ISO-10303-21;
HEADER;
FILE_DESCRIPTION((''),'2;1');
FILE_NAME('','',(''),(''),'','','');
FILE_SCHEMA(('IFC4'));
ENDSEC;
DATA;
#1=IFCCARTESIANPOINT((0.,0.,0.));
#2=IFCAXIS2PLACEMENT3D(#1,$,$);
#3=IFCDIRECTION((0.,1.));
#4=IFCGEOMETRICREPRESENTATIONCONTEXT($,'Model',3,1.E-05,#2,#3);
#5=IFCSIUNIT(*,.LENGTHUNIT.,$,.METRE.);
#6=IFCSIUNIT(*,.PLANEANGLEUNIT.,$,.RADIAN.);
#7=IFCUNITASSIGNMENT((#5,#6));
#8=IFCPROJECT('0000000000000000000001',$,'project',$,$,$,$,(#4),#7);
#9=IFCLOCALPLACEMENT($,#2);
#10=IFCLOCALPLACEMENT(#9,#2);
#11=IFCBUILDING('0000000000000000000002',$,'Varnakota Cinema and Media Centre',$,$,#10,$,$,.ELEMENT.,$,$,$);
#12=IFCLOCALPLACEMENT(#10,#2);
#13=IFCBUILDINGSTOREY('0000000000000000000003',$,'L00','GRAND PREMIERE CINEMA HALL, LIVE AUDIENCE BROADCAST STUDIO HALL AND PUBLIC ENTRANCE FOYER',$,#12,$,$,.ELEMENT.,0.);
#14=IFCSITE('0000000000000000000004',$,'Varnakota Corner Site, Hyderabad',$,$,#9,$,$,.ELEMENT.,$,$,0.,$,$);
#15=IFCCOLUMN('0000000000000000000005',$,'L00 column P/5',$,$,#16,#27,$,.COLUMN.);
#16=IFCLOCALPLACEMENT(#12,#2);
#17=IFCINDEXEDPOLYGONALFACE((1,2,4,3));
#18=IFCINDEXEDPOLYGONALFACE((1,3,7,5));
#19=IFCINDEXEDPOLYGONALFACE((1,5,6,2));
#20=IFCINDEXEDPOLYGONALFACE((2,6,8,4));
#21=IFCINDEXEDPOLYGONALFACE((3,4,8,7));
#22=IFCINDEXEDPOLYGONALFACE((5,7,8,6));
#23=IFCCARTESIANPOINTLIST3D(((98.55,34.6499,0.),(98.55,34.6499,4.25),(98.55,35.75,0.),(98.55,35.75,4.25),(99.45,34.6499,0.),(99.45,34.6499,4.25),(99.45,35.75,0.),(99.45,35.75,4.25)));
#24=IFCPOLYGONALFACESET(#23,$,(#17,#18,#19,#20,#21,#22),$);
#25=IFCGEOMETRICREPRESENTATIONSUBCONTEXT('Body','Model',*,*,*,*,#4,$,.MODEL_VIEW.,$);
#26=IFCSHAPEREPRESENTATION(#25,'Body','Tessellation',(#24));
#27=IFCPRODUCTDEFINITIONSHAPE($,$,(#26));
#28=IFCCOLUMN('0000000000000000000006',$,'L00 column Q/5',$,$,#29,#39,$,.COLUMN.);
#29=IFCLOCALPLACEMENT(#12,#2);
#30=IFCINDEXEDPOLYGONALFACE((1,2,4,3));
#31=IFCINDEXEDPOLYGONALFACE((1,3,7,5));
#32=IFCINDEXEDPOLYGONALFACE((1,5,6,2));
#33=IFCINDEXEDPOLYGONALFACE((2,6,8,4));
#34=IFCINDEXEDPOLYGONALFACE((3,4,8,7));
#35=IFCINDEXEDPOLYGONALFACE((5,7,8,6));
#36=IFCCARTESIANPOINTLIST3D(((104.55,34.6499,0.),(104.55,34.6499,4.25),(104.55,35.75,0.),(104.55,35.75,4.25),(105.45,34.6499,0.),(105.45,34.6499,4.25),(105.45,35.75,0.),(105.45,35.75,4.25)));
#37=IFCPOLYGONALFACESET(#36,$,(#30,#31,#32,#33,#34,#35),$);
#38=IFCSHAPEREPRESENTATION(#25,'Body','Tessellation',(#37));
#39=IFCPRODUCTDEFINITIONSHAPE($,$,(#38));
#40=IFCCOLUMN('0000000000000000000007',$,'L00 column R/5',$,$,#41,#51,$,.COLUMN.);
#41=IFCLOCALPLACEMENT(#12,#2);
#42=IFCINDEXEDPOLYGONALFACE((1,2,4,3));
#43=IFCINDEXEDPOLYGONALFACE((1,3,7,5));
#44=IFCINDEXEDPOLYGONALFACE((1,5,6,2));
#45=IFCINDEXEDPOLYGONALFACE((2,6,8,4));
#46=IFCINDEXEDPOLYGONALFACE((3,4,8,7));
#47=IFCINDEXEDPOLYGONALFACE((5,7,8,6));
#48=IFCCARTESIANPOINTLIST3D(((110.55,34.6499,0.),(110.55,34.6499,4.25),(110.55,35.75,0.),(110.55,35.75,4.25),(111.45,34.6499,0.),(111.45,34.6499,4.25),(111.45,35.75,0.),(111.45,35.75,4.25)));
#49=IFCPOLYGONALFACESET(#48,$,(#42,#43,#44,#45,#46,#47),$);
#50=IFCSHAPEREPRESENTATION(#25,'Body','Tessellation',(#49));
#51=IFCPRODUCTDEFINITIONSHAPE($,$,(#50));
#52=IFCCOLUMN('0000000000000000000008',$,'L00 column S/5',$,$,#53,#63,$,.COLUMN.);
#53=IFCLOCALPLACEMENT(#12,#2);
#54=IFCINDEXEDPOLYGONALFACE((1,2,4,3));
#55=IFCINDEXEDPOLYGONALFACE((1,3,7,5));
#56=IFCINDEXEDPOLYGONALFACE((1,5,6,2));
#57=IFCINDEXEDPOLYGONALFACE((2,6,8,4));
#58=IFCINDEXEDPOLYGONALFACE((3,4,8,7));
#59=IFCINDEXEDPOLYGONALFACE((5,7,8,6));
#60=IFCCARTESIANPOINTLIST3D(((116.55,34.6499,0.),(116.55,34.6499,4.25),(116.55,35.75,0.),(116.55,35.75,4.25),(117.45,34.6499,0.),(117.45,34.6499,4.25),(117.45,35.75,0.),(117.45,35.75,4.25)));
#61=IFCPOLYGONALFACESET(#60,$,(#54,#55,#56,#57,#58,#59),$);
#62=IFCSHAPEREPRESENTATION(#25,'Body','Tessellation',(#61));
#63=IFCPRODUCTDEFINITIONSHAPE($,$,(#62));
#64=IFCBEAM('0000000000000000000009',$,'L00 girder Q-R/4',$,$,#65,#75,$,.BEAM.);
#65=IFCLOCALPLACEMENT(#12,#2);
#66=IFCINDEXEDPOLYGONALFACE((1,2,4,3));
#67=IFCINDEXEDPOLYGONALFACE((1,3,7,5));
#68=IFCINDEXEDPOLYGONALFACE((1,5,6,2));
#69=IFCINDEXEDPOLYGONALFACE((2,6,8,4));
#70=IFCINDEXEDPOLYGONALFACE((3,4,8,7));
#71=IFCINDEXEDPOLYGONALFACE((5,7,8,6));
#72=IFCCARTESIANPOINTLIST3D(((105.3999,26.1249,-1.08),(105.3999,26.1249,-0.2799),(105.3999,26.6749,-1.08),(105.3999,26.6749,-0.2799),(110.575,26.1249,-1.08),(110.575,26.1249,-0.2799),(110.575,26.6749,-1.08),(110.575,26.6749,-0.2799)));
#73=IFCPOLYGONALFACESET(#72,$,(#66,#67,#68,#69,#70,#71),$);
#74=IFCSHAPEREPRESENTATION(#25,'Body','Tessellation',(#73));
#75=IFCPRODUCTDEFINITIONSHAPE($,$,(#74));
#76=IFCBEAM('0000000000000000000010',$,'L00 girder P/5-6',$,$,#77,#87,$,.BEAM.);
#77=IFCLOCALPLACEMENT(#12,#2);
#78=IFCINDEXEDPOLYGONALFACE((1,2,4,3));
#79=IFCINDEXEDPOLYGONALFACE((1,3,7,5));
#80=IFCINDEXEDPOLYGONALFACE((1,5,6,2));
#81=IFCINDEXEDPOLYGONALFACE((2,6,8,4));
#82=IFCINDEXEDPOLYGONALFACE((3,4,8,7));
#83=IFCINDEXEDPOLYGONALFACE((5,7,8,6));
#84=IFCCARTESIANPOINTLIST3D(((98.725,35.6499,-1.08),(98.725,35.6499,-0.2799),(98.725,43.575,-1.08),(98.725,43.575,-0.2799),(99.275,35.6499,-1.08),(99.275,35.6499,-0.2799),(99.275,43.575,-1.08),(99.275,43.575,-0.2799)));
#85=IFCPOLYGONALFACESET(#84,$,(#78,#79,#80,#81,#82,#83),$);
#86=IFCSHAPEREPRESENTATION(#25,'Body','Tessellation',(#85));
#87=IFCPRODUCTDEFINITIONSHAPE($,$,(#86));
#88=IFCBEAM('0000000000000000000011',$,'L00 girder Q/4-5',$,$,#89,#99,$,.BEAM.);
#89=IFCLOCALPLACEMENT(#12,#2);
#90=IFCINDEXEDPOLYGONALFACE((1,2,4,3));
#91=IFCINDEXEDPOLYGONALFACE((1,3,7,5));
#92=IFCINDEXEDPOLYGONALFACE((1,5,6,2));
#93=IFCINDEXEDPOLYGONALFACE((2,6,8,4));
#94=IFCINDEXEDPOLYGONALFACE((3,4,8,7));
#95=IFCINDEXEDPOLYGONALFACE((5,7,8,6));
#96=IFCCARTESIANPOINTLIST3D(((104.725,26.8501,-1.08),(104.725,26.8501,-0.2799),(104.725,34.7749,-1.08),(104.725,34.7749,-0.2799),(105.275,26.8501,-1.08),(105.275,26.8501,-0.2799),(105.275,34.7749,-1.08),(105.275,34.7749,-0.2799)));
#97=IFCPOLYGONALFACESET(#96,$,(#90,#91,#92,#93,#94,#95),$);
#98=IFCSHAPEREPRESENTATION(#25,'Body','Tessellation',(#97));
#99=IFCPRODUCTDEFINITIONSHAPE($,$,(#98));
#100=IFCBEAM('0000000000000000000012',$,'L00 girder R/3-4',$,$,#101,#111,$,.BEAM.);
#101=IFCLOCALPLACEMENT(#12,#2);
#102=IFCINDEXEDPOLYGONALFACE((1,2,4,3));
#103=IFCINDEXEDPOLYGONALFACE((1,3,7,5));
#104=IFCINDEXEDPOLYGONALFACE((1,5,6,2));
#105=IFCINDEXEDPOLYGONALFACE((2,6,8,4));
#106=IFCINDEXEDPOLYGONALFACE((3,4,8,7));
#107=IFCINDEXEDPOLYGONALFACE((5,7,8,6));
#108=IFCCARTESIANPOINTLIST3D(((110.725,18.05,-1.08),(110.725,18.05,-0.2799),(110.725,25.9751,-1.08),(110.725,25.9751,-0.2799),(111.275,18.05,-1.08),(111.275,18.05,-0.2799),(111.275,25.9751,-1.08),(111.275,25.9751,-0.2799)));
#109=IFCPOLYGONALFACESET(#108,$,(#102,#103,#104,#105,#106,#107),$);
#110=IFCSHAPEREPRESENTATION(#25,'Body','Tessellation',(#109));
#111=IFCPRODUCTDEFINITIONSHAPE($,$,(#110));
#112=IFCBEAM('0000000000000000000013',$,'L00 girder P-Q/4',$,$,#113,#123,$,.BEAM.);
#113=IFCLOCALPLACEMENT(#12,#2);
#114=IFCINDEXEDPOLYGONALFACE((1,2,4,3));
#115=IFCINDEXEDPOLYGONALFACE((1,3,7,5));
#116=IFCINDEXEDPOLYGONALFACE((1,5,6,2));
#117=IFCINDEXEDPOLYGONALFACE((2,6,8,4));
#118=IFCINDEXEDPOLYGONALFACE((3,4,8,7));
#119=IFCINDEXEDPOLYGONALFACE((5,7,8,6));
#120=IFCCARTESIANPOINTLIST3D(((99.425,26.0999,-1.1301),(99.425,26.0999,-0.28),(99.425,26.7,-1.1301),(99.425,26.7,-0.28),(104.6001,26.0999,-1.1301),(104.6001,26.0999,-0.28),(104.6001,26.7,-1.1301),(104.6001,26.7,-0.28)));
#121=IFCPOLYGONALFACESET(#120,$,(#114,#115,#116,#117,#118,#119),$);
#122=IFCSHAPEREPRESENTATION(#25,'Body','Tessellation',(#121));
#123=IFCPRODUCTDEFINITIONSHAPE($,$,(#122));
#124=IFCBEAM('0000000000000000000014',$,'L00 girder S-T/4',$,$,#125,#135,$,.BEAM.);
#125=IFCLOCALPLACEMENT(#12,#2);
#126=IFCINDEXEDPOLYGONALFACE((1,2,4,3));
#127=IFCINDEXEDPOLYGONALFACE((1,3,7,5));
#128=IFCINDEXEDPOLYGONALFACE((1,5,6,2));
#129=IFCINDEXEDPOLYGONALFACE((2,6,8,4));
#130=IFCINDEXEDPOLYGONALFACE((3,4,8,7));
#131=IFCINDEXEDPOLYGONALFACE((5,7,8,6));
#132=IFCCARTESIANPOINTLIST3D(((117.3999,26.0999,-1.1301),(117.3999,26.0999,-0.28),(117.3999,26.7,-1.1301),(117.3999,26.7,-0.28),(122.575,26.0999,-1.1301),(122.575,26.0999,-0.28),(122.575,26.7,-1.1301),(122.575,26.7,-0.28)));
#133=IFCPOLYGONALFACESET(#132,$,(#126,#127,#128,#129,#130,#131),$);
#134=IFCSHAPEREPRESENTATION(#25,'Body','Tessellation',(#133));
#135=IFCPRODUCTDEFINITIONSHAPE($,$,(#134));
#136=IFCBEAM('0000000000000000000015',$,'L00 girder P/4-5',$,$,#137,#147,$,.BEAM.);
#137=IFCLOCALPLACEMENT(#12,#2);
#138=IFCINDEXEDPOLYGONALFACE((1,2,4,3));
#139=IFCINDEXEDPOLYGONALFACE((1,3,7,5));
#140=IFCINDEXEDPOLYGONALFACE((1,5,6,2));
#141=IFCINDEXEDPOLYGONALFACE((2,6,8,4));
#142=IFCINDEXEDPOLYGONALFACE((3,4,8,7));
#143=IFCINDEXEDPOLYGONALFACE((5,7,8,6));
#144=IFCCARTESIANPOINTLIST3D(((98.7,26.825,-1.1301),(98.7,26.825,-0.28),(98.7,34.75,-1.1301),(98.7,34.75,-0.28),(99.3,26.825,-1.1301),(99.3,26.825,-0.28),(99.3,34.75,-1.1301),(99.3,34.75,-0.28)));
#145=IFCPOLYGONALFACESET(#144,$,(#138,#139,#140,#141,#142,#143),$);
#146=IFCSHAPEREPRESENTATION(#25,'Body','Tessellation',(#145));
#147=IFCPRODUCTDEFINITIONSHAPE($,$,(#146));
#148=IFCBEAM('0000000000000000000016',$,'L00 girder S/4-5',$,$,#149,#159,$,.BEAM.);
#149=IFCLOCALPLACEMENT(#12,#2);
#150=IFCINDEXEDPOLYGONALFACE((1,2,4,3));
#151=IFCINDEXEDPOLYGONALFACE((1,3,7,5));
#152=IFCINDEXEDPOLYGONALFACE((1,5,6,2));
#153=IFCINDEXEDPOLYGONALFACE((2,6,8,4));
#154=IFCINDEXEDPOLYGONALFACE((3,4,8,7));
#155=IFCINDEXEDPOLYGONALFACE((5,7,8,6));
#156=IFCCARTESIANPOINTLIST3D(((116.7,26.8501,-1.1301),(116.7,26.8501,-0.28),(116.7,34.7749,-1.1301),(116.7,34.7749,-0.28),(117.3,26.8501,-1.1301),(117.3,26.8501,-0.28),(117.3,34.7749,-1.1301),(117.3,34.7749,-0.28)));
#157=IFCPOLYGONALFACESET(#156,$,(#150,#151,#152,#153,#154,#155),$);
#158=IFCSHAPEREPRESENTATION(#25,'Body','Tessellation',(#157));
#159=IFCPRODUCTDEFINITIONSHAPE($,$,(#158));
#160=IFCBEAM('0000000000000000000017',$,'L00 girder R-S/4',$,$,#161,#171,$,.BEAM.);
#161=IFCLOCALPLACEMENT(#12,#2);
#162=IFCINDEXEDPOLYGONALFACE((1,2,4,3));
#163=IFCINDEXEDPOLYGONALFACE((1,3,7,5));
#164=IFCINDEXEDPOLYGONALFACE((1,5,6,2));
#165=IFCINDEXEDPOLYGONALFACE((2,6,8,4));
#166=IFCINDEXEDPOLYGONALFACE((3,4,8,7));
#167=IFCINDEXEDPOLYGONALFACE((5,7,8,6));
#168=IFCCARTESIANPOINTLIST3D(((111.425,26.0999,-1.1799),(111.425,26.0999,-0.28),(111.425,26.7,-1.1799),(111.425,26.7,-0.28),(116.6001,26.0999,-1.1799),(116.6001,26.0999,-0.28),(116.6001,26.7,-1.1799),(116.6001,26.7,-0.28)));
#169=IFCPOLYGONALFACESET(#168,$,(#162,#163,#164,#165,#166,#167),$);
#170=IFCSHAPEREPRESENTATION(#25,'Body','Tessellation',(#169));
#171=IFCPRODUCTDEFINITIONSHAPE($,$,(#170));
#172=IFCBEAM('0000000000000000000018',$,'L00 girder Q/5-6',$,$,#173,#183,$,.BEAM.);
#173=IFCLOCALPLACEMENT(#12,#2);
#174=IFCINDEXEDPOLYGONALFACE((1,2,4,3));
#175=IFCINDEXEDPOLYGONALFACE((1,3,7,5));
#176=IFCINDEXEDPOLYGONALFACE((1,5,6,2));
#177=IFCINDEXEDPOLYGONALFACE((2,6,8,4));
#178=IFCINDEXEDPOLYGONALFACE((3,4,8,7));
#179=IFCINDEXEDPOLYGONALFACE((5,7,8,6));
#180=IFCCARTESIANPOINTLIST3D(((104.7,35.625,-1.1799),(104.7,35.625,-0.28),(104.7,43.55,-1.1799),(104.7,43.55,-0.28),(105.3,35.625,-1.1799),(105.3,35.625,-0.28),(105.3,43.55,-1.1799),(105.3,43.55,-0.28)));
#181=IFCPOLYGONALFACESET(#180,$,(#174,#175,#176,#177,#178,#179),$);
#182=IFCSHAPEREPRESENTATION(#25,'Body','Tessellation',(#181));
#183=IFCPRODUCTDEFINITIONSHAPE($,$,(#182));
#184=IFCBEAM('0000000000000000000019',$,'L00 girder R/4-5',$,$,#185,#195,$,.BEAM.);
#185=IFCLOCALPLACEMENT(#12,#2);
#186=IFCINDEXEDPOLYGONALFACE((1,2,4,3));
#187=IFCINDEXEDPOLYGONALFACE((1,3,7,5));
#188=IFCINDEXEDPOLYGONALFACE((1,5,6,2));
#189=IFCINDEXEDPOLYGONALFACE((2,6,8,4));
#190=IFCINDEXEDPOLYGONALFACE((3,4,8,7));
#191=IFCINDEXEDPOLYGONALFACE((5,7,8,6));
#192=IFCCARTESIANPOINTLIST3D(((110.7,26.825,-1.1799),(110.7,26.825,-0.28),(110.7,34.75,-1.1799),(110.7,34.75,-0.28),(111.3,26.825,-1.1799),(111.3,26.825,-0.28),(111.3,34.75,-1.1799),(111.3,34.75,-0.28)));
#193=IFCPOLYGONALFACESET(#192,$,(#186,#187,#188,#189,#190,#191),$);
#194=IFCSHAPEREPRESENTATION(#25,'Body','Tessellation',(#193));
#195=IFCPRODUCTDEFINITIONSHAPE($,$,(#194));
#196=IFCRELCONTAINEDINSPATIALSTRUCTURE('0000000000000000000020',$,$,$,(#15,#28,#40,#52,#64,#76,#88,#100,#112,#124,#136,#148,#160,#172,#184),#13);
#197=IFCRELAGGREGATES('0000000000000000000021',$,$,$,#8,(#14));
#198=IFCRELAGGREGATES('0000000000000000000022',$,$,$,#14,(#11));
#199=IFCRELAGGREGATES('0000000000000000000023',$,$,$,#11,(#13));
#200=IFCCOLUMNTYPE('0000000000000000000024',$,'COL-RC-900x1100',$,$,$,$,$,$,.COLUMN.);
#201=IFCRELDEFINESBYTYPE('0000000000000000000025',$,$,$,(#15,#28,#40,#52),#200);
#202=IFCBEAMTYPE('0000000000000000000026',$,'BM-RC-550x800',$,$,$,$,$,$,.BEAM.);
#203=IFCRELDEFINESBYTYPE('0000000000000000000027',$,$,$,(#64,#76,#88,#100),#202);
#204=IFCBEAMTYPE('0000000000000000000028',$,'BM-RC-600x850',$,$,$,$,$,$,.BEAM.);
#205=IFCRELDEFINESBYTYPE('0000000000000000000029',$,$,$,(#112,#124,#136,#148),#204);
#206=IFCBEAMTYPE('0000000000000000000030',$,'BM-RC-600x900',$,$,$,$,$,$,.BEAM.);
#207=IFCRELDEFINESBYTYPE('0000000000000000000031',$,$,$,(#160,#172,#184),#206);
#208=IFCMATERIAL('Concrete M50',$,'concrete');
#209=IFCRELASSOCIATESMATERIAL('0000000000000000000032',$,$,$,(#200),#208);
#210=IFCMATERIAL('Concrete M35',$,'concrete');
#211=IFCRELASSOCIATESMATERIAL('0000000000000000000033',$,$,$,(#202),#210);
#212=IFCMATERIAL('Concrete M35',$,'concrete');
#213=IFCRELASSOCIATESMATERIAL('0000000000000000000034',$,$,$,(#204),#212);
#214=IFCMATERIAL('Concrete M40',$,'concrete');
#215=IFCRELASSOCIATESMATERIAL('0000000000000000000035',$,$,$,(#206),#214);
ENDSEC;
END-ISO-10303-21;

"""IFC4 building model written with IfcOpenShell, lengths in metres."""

from ifc_helpers import new_model, si_unit, direction, frame, origin, origin_2d, place, context, subcontext, project, spatial, rectangle, extrude, material, material_profile, profile_set, type_object, element, save


model = new_model("IFC4")

# Units and contexts
model_context = context("Model", 3, precision=1e-05, world=origin(), true_north=direction((0.0, 1.0)))
body_context = subcontext(model_context, "Body", "Model", "MODEL_VIEW")
ifc_project = project(units=[si_unit("LENGTHUNIT", "METRE"), si_unit("PLANEANGLEUNIT", "RADIAN")], contexts=[model_context])

# Site, building, storey
site_placement = place(None, origin())
site = spatial("IfcSite", under=ifc_project, at=site_placement, Name="Varnakota Corner Site, Hyderabad", CompositionType="ELEMENT", RefElevation=0.0)
building_placement = place(site_placement, origin())
building = spatial("IfcBuilding", under=site, at=building_placement, Name="Varnakota Cinema and Media Centre", CompositionType="ELEMENT")
storey_placement = place(building_placement, origin())
storey = spatial("IfcBuildingStorey", under=building, at=storey_placement, Name="L00", Description="GRAND PREMIERE CINEMA HALL, LIVE AUDIENCE BROADCAST STUDIO HALL AND PUBLIC ENTRANCE FOYER", CompositionType="ELEMENT", Elevation=0.0)

# Columns
ifc_material_1 = material(Name="Concrete M50", Category="concrete")
ifc_material_profile_1 = material_profile(ifc_material_1, rectangle(XDim=0.8999, YDim=1.1001, at=origin_2d()), Name="RC 900x1100")
ifc_profile_set_1 = profile_set([ifc_material_profile_1], Name="Concrete M50")
column_type = type_object("IfcColumnType", Name="COL-RC-900x1100", PredefinedType="COLUMN", material=ifc_profile_set_1)
for number, where, z_axis, x_axis, name in (
    (1, (99.0, 35.2, 0.0), (0.0, 0.0, 1.0), (1.0, 0.0, 0.0), "L00 column P/5"),
    (2, (105.0, 35.2, 0.0), (0.0, 0.0, 1.0), (1.0, 0.0, 0.0), "L00 column Q/5"),
    (3, (111.0, 35.2, 0.0), (0.0, 0.0, 1.0), (1.0, 0.0, 0.0), "L00 column R/5"),
    (4, (117.0, 35.2, 0.0), (0.0, 0.0, 1.0), (1.0, 0.0, 0.0), "L00 column S/5"),
):
    element("IfcColumn", number, at=place(storey_placement, frame(where, z_axis=z_axis, x_axis=x_axis)), inside=storey, type_object=column_type, Name=name, PredefinedType="COLUMN", context=body_context, shape_type="SweptSolid", body=[
        extrude(rectangle(XDim=0.8999, YDim=1.1001, at=origin_2d()), origin(), (0.0, 0.0, 1.0), 4.25),
    ])

# Beams
ifc_material_2 = material(Name="Concrete M35", Category="concrete")
ifc_material_profile_2 = material_profile(ifc_material_2, rectangle(XDim=0.55, YDim=0.8, at=origin_2d()), Name="RCB 550x800")
ifc_profile_set_2 = profile_set([ifc_material_profile_2], Name="Concrete M35")
beam_type_1 = type_object("IfcBeamType", Name="BM-RC-550x800", PredefinedType="BEAM", material=ifc_profile_set_2)
beam_1_placement = place(storey_placement, frame((105.3999, 26.3999, -0.6799), z_axis=(1.0, 0.0, 0.0), x_axis=(0.0, 1.0, 0.0)))
element("IfcBeam", 5, at=beam_1_placement, inside=storey, type_object=beam_type_1, Name="L00 girder Q-R/4", PredefinedType="BEAM", context=body_context, shape_type="SweptSolid", body=[
    extrude(rectangle(XDim=0.55, YDim=0.8, at=origin_2d()), origin(), (0.0, 0.0, 1.0), 5.175),
])
beam_2_placement = place(storey_placement, frame((99.0, 35.6499, -0.6799), z_axis=(0.0, 1.0, 0.0), x_axis=(-1.0, 0.0, 0.0)))
element("IfcBeam", 6, at=beam_2_placement, inside=storey, type_object=beam_type_1, Name="L00 girder P/5-6", PredefinedType="BEAM", context=body_context, shape_type="SweptSolid", body=[
    extrude(rectangle(XDim=0.55, YDim=0.8, at=origin_2d()), origin(), (0.0, 0.0, 1.0), 7.925),
])
beam_3_placement = place(storey_placement, frame((105.0, 26.8501, -0.6799), z_axis=(0.0, 1.0, 0.0), x_axis=(-1.0, 0.0, 0.0)))
element("IfcBeam", 7, at=beam_3_placement, inside=storey, type_object=beam_type_1, Name="L00 girder Q/4-5", PredefinedType="BEAM", context=body_context, shape_type="SweptSolid", body=[
    extrude(rectangle(XDim=0.55, YDim=0.8, at=origin_2d()), origin(), (0.0, 0.0, 1.0), 7.9248),
])
beam_4_placement = place(storey_placement, frame((111.0, 18.05, -0.6799), z_axis=(0.0, 1.0, 0.0), x_axis=(-1.0, 0.0, 0.0)))
element("IfcBeam", 8, at=beam_4_placement, inside=storey, type_object=beam_type_1, Name="L00 girder R/3-4", PredefinedType="BEAM", context=body_context, shape_type="SweptSolid", body=[
    extrude(rectangle(XDim=0.55, YDim=0.8, at=origin_2d()), origin(), (0.0, 0.0, 1.0), 7.925),
])
ifc_material_3 = material(Name="Concrete M35", Category="concrete")
ifc_material_profile_3 = material_profile(ifc_material_3, rectangle(XDim=0.6001, YDim=0.8501, at=origin_2d()), Name="RCB 600x850")
ifc_profile_set_3 = profile_set([ifc_material_profile_3], Name="Concrete M35")
beam_type_2 = type_object("IfcBeamType", Name="BM-RC-600x850", PredefinedType="BEAM", material=ifc_profile_set_3)
for number, where, z_axis, x_axis, name in (
    (9, (99.425, 26.3999, -0.7051), (1.0, 0.0, 0.0), (0.0, 1.0, 0.0), "L00 girder P-Q/4"),
    (10, (117.3999, 26.3999, -0.7051), (1.0, 0.0, 0.0), (0.0, 1.0, 0.0), "L00 girder S-T/4"),
):
    element("IfcBeam", number, at=place(storey_placement, frame(where, z_axis=z_axis, x_axis=x_axis)), inside=storey, type_object=beam_type_2, Name=name, PredefinedType="BEAM", context=body_context, shape_type="SweptSolid", body=[
        extrude(rectangle(XDim=0.6001, YDim=0.8501, at=origin_2d()), origin(), (0.0, 0.0, 1.0), 5.175),
    ])
beam_5_placement = place(storey_placement, frame((99.0, 26.825, -0.7051), z_axis=(0.0, 1.0, 0.0), x_axis=(-1.0, 0.0, 0.0)))
element("IfcBeam", 11, at=beam_5_placement, inside=storey, type_object=beam_type_2, Name="L00 girder P/4-5", PredefinedType="BEAM", context=body_context, shape_type="SweptSolid", body=[
    extrude(rectangle(XDim=0.6001, YDim=0.8501, at=origin_2d()), origin(), (0.0, 0.0, 1.0), 7.925),
])
beam_6_placement = place(storey_placement, frame((117.0, 26.8501, -0.7051), z_axis=(0.0, 1.0, 0.0), x_axis=(-1.0, 0.0, 0.0)))
element("IfcBeam", 12, at=beam_6_placement, inside=storey, type_object=beam_type_2, Name="L00 girder S/4-5", PredefinedType="BEAM", context=body_context, shape_type="SweptSolid", body=[
    extrude(rectangle(XDim=0.6001, YDim=0.8501, at=origin_2d()), origin(), (0.0, 0.0, 1.0), 7.9248),
])
ifc_material_4 = material(Name="Concrete M40", Category="concrete")
ifc_material_profile_4 = material_profile(ifc_material_4, rectangle(XDim=0.6001, YDim=0.8999, at=origin_2d()), Name="RCB 600x900")
ifc_profile_set_4 = profile_set([ifc_material_profile_4], Name="Concrete M40")
beam_type_3 = type_object("IfcBeamType", Name="BM-RC-600x900", PredefinedType="BEAM", material=ifc_profile_set_4)
beam_7_placement = place(storey_placement, frame((111.425, 26.3999, -0.73), z_axis=(1.0, 0.0, 0.0), x_axis=(0.0, 1.0, 0.0)))
element("IfcBeam", 13, at=beam_7_placement, inside=storey, type_object=beam_type_3, Name="L00 girder R-S/4", PredefinedType="BEAM", context=body_context, shape_type="SweptSolid", body=[
    extrude(rectangle(XDim=0.6001, YDim=0.8999, at=origin_2d()), origin(), (0.0, 0.0, 1.0), 5.175),
])
for number, where, z_axis, x_axis, name in (
    (14, (105.0, 35.625, -0.73), (0.0, 1.0, 0.0), (-1.0, 0.0, 0.0), "L00 girder Q/5-6"),
    (15, (111.0, 26.825, -0.73), (0.0, 1.0, 0.0), (-1.0, 0.0, 0.0), "L00 girder R/4-5"),
):
    element("IfcBeam", number, at=place(storey_placement, frame(where, z_axis=z_axis, x_axis=x_axis)), inside=storey, type_object=beam_type_3, Name=name, PredefinedType="BEAM", context=body_context, shape_type="SweptSolid", body=[
        extrude(rectangle(XDim=0.6001, YDim=0.8999, at=origin_2d()), origin(), (0.0, 0.0, 1.0), 7.925),
    ])

save(model, "model.ifc")
